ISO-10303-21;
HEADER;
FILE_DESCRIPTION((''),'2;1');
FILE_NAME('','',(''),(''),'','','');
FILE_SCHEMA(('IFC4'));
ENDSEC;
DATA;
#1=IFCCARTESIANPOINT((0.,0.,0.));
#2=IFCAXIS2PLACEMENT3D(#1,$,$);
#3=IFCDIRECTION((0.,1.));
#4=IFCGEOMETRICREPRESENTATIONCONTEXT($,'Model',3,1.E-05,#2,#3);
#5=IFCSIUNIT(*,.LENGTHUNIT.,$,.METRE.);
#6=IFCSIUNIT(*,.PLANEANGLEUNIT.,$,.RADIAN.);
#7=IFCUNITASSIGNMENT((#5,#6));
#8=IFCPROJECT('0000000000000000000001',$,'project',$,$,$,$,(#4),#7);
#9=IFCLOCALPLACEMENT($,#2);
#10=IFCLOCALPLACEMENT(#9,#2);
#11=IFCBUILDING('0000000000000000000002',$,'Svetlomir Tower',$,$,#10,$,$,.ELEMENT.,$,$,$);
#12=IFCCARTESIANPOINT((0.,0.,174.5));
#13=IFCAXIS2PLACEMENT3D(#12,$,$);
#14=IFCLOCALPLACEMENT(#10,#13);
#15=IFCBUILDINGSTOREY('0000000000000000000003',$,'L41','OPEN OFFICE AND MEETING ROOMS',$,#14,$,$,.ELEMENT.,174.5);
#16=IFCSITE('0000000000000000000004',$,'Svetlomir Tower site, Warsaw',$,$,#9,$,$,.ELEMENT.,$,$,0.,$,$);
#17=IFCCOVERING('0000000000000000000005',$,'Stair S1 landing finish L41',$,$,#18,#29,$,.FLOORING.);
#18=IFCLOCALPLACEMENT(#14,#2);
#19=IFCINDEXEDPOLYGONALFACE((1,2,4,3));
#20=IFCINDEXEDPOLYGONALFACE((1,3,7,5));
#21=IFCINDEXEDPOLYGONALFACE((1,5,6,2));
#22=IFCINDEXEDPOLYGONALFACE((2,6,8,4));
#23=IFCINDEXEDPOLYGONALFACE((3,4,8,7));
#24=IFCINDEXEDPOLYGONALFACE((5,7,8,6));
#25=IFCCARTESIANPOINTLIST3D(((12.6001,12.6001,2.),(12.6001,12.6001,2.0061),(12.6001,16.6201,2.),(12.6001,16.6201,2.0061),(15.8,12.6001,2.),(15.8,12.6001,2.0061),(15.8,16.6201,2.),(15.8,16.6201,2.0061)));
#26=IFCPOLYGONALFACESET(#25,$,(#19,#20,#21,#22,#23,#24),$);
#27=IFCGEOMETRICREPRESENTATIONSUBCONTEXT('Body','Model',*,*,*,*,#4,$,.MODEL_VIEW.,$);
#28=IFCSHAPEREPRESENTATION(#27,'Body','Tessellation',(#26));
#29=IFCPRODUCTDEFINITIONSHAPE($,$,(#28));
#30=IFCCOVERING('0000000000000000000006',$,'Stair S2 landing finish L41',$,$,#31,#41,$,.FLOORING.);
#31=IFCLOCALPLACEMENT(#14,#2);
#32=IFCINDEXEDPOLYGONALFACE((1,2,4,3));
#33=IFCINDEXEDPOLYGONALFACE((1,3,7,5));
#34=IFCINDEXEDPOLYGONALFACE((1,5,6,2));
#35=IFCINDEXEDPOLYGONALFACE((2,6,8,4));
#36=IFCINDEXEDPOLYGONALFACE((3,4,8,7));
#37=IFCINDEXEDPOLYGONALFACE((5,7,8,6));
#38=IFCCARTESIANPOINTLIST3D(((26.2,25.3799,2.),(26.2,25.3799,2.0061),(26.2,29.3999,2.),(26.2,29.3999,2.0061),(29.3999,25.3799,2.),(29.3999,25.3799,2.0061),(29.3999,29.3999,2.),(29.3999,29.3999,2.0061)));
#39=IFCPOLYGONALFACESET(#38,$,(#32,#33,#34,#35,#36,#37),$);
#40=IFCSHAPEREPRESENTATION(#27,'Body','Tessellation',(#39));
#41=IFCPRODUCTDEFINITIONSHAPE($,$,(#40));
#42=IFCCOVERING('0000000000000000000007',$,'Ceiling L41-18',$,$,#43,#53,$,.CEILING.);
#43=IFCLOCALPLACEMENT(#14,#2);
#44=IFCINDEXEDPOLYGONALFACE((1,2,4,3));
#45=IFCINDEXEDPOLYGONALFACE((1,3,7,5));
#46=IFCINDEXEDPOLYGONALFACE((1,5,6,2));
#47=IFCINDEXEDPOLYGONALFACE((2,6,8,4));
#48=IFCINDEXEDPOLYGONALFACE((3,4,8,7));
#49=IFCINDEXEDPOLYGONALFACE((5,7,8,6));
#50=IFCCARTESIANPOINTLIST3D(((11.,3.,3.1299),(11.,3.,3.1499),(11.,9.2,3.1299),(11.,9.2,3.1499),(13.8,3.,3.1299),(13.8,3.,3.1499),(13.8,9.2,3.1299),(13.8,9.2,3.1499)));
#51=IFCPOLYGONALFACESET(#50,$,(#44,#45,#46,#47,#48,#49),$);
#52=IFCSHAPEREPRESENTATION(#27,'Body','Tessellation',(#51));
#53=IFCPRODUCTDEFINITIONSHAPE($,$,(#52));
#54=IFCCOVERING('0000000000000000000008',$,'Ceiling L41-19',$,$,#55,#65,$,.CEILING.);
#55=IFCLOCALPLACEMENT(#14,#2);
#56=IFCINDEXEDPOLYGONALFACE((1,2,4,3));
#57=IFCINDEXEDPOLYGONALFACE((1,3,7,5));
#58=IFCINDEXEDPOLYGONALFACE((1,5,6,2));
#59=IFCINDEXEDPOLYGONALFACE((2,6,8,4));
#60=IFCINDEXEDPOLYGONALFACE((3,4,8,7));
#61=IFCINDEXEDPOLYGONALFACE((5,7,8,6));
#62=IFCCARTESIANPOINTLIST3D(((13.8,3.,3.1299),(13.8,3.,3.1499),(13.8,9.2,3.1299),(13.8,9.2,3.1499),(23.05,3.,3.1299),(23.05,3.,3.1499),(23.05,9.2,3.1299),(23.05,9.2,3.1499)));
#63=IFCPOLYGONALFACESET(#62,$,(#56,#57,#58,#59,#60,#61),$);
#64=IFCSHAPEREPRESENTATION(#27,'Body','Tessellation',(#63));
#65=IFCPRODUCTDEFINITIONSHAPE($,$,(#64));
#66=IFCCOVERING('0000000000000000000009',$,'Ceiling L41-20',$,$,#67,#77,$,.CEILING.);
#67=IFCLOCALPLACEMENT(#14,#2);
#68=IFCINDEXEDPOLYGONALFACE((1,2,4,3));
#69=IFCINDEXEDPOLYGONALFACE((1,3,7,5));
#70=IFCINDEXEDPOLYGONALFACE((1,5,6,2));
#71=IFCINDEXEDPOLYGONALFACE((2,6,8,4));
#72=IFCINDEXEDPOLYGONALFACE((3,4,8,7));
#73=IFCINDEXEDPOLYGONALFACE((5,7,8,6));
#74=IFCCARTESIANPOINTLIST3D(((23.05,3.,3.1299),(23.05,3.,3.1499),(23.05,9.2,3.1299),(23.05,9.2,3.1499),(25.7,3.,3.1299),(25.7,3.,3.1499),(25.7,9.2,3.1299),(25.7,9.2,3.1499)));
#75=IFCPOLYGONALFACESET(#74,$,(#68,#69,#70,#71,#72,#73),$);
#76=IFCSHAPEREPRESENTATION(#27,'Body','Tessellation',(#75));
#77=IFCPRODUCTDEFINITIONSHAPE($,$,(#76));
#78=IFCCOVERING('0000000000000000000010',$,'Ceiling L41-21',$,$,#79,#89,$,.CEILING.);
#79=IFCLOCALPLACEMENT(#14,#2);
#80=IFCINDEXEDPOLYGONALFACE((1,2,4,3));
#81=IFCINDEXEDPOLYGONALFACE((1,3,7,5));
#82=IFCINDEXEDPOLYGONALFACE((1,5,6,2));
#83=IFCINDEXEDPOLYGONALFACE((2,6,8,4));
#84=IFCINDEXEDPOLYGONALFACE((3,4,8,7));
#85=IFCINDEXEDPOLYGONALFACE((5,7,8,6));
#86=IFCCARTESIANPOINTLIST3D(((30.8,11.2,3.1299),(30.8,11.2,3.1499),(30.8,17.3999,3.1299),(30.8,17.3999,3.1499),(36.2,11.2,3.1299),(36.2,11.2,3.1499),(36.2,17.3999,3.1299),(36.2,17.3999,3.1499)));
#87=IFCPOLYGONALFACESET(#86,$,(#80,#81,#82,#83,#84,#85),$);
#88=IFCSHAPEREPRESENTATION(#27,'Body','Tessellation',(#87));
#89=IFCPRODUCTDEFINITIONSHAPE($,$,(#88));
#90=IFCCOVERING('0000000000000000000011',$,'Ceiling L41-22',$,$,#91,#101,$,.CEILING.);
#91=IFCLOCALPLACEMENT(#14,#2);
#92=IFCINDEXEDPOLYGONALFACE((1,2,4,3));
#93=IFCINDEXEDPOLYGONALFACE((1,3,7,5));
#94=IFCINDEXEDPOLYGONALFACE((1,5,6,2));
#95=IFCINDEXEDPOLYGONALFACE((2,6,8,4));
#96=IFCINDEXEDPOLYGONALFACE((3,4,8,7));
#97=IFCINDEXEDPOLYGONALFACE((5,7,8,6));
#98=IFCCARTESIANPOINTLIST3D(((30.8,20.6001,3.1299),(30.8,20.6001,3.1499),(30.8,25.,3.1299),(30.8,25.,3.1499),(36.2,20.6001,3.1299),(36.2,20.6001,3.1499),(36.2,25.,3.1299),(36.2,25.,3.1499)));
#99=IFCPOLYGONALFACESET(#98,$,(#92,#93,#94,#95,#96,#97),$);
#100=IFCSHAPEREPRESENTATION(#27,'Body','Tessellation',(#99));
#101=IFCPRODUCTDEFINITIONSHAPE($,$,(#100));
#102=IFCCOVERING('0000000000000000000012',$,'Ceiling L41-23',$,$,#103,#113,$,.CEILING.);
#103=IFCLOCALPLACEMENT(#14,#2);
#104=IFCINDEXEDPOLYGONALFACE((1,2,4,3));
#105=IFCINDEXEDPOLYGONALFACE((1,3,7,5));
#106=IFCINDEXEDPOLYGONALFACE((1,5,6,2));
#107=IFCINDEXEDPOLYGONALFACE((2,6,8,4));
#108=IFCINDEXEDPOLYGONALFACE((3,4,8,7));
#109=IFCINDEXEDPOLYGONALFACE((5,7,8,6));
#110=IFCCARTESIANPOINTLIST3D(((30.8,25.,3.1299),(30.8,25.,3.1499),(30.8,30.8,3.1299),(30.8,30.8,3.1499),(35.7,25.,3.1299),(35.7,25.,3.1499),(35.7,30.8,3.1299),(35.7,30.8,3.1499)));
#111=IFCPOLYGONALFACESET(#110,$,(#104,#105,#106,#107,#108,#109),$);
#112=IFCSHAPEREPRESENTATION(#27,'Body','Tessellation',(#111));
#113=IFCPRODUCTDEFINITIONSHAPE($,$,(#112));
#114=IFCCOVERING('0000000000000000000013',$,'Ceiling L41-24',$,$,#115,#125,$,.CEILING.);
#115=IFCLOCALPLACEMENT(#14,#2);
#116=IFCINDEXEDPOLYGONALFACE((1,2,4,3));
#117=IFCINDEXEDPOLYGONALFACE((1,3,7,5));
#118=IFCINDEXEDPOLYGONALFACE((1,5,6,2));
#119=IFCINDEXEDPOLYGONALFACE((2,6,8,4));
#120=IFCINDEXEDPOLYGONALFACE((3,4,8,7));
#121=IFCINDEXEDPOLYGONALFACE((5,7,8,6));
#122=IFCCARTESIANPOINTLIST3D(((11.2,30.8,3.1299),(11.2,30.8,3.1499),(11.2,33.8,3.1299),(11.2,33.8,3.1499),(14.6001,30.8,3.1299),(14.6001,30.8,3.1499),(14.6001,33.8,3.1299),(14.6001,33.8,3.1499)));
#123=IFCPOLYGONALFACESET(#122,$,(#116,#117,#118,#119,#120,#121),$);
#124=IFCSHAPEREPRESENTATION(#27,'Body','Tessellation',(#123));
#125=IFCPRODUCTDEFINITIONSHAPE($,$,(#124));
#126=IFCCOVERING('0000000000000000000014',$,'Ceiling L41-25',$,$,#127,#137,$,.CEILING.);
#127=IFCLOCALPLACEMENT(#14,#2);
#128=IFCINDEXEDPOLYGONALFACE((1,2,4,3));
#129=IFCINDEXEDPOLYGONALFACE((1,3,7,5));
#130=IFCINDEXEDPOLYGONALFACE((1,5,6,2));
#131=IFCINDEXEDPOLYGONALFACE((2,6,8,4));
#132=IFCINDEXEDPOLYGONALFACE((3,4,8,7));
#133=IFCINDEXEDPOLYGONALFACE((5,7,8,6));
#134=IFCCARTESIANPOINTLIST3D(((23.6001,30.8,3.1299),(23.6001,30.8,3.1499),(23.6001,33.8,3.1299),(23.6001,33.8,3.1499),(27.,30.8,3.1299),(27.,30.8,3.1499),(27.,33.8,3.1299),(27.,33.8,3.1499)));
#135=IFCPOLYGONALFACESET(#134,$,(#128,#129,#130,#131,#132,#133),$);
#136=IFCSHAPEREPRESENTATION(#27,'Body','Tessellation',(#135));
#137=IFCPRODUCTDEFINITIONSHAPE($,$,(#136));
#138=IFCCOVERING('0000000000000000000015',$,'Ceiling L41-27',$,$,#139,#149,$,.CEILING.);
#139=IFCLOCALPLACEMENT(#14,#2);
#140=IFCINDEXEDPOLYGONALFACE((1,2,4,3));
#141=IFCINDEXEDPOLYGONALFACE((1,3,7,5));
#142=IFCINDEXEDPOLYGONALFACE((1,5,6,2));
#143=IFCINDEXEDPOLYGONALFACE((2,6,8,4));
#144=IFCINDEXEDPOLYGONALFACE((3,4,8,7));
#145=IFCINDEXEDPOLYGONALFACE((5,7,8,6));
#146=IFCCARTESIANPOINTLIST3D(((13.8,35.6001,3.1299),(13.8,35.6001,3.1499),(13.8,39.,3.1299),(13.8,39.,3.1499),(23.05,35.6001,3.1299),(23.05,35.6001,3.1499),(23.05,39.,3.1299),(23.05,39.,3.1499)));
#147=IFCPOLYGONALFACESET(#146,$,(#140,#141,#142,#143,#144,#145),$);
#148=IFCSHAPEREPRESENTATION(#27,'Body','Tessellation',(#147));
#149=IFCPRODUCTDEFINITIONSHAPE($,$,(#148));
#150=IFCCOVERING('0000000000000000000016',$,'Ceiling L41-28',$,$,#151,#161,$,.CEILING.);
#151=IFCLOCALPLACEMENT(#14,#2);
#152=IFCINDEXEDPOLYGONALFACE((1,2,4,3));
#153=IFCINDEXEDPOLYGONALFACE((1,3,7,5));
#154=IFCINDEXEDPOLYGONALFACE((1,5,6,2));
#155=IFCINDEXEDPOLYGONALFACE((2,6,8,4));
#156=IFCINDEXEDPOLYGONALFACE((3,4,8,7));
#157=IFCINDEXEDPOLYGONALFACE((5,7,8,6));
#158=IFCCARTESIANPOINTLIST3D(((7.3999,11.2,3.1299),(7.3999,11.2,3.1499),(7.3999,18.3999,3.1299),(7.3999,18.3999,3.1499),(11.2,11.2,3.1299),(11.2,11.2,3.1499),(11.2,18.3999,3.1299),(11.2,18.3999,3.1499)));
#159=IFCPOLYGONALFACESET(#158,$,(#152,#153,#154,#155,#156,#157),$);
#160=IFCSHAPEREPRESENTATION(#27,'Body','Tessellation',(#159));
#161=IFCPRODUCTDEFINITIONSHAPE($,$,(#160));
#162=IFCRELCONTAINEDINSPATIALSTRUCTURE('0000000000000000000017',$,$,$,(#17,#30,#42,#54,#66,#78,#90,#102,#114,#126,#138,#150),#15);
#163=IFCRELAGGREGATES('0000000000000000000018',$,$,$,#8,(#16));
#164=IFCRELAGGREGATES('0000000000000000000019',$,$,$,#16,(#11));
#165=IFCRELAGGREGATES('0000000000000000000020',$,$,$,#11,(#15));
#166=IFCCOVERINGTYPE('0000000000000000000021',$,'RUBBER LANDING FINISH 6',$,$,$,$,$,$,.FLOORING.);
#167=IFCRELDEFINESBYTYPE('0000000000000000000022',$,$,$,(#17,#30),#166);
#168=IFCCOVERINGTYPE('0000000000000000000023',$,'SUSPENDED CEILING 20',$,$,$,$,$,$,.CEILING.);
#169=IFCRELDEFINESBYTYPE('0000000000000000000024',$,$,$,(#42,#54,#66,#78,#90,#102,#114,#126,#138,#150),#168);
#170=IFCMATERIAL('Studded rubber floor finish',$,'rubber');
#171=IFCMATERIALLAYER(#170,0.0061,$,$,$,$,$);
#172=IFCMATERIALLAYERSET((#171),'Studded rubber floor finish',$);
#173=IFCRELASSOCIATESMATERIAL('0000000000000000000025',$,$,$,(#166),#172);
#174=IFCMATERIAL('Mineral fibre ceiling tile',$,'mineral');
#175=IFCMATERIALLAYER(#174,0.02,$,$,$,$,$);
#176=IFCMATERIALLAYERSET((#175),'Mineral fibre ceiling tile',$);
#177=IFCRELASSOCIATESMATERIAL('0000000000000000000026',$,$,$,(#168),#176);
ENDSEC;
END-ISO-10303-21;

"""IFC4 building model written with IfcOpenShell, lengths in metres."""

from ifc_helpers import new_model, si_unit, direction, frame, origin, place, context, subcontext, project, spatial, polyline, outline, extrude, material, layer, layer_set, type_object, element, save


model = new_model("IFC4")

# Units and contexts
model_context = context("Model", 3, precision=1e-05, world=origin(), true_north=direction((0.0, 1.0)))
body_context = subcontext(model_context, "Body", "Model", "MODEL_VIEW")
ifc_project = project(units=[si_unit("LENGTHUNIT", "METRE"), si_unit("PLANEANGLEUNIT", "RADIAN")], contexts=[model_context])

# Site, building, storey
site_placement = place(None, origin())
site = spatial("IfcSite", under=ifc_project, at=site_placement, Name="Svetlomir Tower site, Warsaw", CompositionType="ELEMENT", RefElevation=0.0)
building_placement = place(site_placement, origin())
building = spatial("IfcBuilding", under=site, at=building_placement, Name="Svetlomir Tower", CompositionType="ELEMENT")
storey_placement = place(building_placement, frame((0.0, 0.0, 174.5)))
storey = spatial("IfcBuildingStorey", under=building, at=storey_placement, Name="L41", Description="OPEN OFFICE AND MEETING ROOMS", CompositionType="ELEMENT", Elevation=174.5)

# Coverings
ifc_material_1 = material(Name="Studded rubber floor finish", Category="rubber")
ifc_layer_1 = layer(ifc_material_1, 0.0061)
ifc_layer_set_1 = layer_set([ifc_layer_1], Name="Studded rubber floor finish")
covering_type_1 = type_object("IfcCoveringType", Name="RUBBER LANDING FINISH 6", PredefinedType="FLOORING", material=ifc_layer_set_1)
covering_1_placement = place(storey_placement, frame((0.0, 0.0, 2.0)))
element("IfcCovering", 1, at=covering_1_placement, inside=storey, type_object=covering_type_1, Name="Stair S1 landing finish L41", PredefinedType="FLOORING", context=body_context, shape_type="SweptSolid", body=[
    extrude(outline(polyline([(12.6001, 12.6001), (15.8, 12.6001), (15.8, 16.6201), (12.6001, 16.6201), (12.6001, 12.6001)])), origin(), (0.0, 0.0, 1.0), 0.0061),
])
covering_2_placement = place(storey_placement, frame((0.0, 0.0, 2.0)))
element("IfcCovering", 2, at=covering_2_placement, inside=storey, type_object=covering_type_1, Name="Stair S2 landing finish L41", PredefinedType="FLOORING", context=body_context, shape_type="SweptSolid", body=[
    extrude(outline(polyline([(26.2, 25.3799), (29.3999, 25.3799), (29.3999, 29.3999), (26.2, 29.3999), (26.2, 25.3799)])), origin(), (0.0, 0.0, 1.0), 0.0061),
])
ifc_material_2 = material(Name="Mineral fibre ceiling tile", Category="mineral")
ifc_layer_2 = layer(ifc_material_2, 0.02)
ifc_layer_set_2 = layer_set([ifc_layer_2], Name="Mineral fibre ceiling tile")
covering_type_2 = type_object("IfcCoveringType", Name="SUSPENDED CEILING 20", PredefinedType="CEILING", material=ifc_layer_set_2)
covering_3_placement = place(storey_placement, frame((0.0, 0.0, 3.1299)))
element("IfcCovering", 3, at=covering_3_placement, inside=storey, type_object=covering_type_2, Name="Ceiling L41-18", PredefinedType="CEILING", context=body_context, shape_type="SweptSolid", body=[
    extrude(outline(polyline([(11.0, 3.0), (13.8, 3.0), (13.8, 9.2), (11.0, 9.2), (11.0, 3.0)])), origin(), (0.0, 0.0, 1.0), 0.02),
])
covering_4_placement = place(storey_placement, frame((0.0, 0.0, 3.1299)))
element("IfcCovering", 4, at=covering_4_placement, inside=storey, type_object=covering_type_2, Name="Ceiling L41-19", PredefinedType="CEILING", context=body_context, shape_type="SweptSolid", body=[
    extrude(outline(polyline([(13.8, 3.0), (23.05, 3.0), (23.05, 9.2), (13.8, 9.2), (13.8, 3.0)])), origin(), (0.0, 0.0, 1.0), 0.02),
])
covering_5_placement = place(storey_placement, frame((0.0, 0.0, 3.1299)))
element("IfcCovering", 5, at=covering_5_placement, inside=storey, type_object=covering_type_2, Name="Ceiling L41-20", PredefinedType="CEILING", context=body_context, shape_type="SweptSolid", body=[
    extrude(outline(polyline([(23.05, 3.0), (25.7, 3.0), (25.7, 9.2), (23.05, 9.2), (23.05, 3.0)])), origin(), (0.0, 0.0, 1.0), 0.02),
])
covering_6_placement = place(storey_placement, frame((0.0, 0.0, 3.1299)))
element("IfcCovering", 6, at=covering_6_placement, inside=storey, type_object=covering_type_2, Name="Ceiling L41-21", PredefinedType="CEILING", context=body_context, shape_type="SweptSolid", body=[
    extrude(outline(polyline([(30.8, 11.2), (36.2, 11.2), (36.2, 17.3999), (30.8, 17.3999), (30.8, 11.2)])), origin(), (0.0, 0.0, 1.0), 0.02),
])
covering_7_placement = place(storey_placement, frame((0.0, 0.0, 3.1299)))
element("IfcCovering", 7, at=covering_7_placement, inside=storey, type_object=covering_type_2, Name="Ceiling L41-22", PredefinedType="CEILING", context=body_context, shape_type="SweptSolid", body=[
    extrude(outline(polyline([(30.8, 20.6001), (36.2, 20.6001), (36.2, 25.0), (30.8, 25.0), (30.8, 20.6001)])), origin(), (0.0, 0.0, 1.0), 0.02),
])
covering_8_placement = place(storey_placement, frame((0.0, 0.0, 3.1299)))
element("IfcCovering", 8, at=covering_8_placement, inside=storey, type_object=covering_type_2, Name="Ceiling L41-23", PredefinedType="CEILING", context=body_context, shape_type="SweptSolid", body=[
    extrude(outline(polyline([(30.8, 25.0), (35.7, 25.0), (35.7, 30.8), (30.8, 30.8), (30.8, 25.0)])), origin(), (0.0, 0.0, 1.0), 0.02),
])
covering_9_placement = place(storey_placement, frame((0.0, 0.0, 3.1299)))
element("IfcCovering", 9, at=covering_9_placement, inside=storey, type_object=covering_type_2, Name="Ceiling L41-24", PredefinedType="CEILING", context=body_context, shape_type="SweptSolid", body=[
    extrude(outline(polyline([(11.2, 30.8), (14.6001, 30.8), (14.6001, 33.8), (11.2, 33.8), (11.2, 30.8)])), origin(), (0.0, 0.0, 1.0), 0.02),
])
covering_10_placement = place(storey_placement, frame((0.0, 0.0, 3.1299)))
element("IfcCovering", 10, at=covering_10_placement, inside=storey, type_object=covering_type_2, Name="Ceiling L41-25", PredefinedType="CEILING", context=body_context, shape_type="SweptSolid", body=[
    extrude(outline(polyline([(23.6001, 30.8), (27.0, 30.8), (27.0, 33.8), (23.6001, 33.8), (23.6001, 30.8)])), origin(), (0.0, 0.0, 1.0), 0.02),
])
covering_11_placement = place(storey_placement, frame((0.0, 0.0, 3.1299)))
element("IfcCovering", 11, at=covering_11_placement, inside=storey, type_object=covering_type_2, Name="Ceiling L41-27", PredefinedType="CEILING", context=body_context, shape_type="SweptSolid", body=[
    extrude(outline(polyline([(13.8, 35.6001), (23.05, 35.6001), (23.05, 39.0), (13.8, 39.0), (13.8, 35.6001)])), origin(), (0.0, 0.0, 1.0), 0.02),
])
covering_12_placement = place(storey_placement, frame((0.0, 0.0, 3.1299)))
element("IfcCovering", 12, at=covering_12_placement, inside=storey, type_object=covering_type_2, Name="Ceiling L41-28", PredefinedType="CEILING", context=body_context, shape_type="SweptSolid", body=[
    extrude(outline(polyline([(7.3999, 11.2), (11.2, 11.2), (11.2, 18.3999), (7.3999, 18.3999), (7.3999, 11.2)])), origin(), (0.0, 0.0, 1.0), 0.02),
])

save(model, "model.ifc")
